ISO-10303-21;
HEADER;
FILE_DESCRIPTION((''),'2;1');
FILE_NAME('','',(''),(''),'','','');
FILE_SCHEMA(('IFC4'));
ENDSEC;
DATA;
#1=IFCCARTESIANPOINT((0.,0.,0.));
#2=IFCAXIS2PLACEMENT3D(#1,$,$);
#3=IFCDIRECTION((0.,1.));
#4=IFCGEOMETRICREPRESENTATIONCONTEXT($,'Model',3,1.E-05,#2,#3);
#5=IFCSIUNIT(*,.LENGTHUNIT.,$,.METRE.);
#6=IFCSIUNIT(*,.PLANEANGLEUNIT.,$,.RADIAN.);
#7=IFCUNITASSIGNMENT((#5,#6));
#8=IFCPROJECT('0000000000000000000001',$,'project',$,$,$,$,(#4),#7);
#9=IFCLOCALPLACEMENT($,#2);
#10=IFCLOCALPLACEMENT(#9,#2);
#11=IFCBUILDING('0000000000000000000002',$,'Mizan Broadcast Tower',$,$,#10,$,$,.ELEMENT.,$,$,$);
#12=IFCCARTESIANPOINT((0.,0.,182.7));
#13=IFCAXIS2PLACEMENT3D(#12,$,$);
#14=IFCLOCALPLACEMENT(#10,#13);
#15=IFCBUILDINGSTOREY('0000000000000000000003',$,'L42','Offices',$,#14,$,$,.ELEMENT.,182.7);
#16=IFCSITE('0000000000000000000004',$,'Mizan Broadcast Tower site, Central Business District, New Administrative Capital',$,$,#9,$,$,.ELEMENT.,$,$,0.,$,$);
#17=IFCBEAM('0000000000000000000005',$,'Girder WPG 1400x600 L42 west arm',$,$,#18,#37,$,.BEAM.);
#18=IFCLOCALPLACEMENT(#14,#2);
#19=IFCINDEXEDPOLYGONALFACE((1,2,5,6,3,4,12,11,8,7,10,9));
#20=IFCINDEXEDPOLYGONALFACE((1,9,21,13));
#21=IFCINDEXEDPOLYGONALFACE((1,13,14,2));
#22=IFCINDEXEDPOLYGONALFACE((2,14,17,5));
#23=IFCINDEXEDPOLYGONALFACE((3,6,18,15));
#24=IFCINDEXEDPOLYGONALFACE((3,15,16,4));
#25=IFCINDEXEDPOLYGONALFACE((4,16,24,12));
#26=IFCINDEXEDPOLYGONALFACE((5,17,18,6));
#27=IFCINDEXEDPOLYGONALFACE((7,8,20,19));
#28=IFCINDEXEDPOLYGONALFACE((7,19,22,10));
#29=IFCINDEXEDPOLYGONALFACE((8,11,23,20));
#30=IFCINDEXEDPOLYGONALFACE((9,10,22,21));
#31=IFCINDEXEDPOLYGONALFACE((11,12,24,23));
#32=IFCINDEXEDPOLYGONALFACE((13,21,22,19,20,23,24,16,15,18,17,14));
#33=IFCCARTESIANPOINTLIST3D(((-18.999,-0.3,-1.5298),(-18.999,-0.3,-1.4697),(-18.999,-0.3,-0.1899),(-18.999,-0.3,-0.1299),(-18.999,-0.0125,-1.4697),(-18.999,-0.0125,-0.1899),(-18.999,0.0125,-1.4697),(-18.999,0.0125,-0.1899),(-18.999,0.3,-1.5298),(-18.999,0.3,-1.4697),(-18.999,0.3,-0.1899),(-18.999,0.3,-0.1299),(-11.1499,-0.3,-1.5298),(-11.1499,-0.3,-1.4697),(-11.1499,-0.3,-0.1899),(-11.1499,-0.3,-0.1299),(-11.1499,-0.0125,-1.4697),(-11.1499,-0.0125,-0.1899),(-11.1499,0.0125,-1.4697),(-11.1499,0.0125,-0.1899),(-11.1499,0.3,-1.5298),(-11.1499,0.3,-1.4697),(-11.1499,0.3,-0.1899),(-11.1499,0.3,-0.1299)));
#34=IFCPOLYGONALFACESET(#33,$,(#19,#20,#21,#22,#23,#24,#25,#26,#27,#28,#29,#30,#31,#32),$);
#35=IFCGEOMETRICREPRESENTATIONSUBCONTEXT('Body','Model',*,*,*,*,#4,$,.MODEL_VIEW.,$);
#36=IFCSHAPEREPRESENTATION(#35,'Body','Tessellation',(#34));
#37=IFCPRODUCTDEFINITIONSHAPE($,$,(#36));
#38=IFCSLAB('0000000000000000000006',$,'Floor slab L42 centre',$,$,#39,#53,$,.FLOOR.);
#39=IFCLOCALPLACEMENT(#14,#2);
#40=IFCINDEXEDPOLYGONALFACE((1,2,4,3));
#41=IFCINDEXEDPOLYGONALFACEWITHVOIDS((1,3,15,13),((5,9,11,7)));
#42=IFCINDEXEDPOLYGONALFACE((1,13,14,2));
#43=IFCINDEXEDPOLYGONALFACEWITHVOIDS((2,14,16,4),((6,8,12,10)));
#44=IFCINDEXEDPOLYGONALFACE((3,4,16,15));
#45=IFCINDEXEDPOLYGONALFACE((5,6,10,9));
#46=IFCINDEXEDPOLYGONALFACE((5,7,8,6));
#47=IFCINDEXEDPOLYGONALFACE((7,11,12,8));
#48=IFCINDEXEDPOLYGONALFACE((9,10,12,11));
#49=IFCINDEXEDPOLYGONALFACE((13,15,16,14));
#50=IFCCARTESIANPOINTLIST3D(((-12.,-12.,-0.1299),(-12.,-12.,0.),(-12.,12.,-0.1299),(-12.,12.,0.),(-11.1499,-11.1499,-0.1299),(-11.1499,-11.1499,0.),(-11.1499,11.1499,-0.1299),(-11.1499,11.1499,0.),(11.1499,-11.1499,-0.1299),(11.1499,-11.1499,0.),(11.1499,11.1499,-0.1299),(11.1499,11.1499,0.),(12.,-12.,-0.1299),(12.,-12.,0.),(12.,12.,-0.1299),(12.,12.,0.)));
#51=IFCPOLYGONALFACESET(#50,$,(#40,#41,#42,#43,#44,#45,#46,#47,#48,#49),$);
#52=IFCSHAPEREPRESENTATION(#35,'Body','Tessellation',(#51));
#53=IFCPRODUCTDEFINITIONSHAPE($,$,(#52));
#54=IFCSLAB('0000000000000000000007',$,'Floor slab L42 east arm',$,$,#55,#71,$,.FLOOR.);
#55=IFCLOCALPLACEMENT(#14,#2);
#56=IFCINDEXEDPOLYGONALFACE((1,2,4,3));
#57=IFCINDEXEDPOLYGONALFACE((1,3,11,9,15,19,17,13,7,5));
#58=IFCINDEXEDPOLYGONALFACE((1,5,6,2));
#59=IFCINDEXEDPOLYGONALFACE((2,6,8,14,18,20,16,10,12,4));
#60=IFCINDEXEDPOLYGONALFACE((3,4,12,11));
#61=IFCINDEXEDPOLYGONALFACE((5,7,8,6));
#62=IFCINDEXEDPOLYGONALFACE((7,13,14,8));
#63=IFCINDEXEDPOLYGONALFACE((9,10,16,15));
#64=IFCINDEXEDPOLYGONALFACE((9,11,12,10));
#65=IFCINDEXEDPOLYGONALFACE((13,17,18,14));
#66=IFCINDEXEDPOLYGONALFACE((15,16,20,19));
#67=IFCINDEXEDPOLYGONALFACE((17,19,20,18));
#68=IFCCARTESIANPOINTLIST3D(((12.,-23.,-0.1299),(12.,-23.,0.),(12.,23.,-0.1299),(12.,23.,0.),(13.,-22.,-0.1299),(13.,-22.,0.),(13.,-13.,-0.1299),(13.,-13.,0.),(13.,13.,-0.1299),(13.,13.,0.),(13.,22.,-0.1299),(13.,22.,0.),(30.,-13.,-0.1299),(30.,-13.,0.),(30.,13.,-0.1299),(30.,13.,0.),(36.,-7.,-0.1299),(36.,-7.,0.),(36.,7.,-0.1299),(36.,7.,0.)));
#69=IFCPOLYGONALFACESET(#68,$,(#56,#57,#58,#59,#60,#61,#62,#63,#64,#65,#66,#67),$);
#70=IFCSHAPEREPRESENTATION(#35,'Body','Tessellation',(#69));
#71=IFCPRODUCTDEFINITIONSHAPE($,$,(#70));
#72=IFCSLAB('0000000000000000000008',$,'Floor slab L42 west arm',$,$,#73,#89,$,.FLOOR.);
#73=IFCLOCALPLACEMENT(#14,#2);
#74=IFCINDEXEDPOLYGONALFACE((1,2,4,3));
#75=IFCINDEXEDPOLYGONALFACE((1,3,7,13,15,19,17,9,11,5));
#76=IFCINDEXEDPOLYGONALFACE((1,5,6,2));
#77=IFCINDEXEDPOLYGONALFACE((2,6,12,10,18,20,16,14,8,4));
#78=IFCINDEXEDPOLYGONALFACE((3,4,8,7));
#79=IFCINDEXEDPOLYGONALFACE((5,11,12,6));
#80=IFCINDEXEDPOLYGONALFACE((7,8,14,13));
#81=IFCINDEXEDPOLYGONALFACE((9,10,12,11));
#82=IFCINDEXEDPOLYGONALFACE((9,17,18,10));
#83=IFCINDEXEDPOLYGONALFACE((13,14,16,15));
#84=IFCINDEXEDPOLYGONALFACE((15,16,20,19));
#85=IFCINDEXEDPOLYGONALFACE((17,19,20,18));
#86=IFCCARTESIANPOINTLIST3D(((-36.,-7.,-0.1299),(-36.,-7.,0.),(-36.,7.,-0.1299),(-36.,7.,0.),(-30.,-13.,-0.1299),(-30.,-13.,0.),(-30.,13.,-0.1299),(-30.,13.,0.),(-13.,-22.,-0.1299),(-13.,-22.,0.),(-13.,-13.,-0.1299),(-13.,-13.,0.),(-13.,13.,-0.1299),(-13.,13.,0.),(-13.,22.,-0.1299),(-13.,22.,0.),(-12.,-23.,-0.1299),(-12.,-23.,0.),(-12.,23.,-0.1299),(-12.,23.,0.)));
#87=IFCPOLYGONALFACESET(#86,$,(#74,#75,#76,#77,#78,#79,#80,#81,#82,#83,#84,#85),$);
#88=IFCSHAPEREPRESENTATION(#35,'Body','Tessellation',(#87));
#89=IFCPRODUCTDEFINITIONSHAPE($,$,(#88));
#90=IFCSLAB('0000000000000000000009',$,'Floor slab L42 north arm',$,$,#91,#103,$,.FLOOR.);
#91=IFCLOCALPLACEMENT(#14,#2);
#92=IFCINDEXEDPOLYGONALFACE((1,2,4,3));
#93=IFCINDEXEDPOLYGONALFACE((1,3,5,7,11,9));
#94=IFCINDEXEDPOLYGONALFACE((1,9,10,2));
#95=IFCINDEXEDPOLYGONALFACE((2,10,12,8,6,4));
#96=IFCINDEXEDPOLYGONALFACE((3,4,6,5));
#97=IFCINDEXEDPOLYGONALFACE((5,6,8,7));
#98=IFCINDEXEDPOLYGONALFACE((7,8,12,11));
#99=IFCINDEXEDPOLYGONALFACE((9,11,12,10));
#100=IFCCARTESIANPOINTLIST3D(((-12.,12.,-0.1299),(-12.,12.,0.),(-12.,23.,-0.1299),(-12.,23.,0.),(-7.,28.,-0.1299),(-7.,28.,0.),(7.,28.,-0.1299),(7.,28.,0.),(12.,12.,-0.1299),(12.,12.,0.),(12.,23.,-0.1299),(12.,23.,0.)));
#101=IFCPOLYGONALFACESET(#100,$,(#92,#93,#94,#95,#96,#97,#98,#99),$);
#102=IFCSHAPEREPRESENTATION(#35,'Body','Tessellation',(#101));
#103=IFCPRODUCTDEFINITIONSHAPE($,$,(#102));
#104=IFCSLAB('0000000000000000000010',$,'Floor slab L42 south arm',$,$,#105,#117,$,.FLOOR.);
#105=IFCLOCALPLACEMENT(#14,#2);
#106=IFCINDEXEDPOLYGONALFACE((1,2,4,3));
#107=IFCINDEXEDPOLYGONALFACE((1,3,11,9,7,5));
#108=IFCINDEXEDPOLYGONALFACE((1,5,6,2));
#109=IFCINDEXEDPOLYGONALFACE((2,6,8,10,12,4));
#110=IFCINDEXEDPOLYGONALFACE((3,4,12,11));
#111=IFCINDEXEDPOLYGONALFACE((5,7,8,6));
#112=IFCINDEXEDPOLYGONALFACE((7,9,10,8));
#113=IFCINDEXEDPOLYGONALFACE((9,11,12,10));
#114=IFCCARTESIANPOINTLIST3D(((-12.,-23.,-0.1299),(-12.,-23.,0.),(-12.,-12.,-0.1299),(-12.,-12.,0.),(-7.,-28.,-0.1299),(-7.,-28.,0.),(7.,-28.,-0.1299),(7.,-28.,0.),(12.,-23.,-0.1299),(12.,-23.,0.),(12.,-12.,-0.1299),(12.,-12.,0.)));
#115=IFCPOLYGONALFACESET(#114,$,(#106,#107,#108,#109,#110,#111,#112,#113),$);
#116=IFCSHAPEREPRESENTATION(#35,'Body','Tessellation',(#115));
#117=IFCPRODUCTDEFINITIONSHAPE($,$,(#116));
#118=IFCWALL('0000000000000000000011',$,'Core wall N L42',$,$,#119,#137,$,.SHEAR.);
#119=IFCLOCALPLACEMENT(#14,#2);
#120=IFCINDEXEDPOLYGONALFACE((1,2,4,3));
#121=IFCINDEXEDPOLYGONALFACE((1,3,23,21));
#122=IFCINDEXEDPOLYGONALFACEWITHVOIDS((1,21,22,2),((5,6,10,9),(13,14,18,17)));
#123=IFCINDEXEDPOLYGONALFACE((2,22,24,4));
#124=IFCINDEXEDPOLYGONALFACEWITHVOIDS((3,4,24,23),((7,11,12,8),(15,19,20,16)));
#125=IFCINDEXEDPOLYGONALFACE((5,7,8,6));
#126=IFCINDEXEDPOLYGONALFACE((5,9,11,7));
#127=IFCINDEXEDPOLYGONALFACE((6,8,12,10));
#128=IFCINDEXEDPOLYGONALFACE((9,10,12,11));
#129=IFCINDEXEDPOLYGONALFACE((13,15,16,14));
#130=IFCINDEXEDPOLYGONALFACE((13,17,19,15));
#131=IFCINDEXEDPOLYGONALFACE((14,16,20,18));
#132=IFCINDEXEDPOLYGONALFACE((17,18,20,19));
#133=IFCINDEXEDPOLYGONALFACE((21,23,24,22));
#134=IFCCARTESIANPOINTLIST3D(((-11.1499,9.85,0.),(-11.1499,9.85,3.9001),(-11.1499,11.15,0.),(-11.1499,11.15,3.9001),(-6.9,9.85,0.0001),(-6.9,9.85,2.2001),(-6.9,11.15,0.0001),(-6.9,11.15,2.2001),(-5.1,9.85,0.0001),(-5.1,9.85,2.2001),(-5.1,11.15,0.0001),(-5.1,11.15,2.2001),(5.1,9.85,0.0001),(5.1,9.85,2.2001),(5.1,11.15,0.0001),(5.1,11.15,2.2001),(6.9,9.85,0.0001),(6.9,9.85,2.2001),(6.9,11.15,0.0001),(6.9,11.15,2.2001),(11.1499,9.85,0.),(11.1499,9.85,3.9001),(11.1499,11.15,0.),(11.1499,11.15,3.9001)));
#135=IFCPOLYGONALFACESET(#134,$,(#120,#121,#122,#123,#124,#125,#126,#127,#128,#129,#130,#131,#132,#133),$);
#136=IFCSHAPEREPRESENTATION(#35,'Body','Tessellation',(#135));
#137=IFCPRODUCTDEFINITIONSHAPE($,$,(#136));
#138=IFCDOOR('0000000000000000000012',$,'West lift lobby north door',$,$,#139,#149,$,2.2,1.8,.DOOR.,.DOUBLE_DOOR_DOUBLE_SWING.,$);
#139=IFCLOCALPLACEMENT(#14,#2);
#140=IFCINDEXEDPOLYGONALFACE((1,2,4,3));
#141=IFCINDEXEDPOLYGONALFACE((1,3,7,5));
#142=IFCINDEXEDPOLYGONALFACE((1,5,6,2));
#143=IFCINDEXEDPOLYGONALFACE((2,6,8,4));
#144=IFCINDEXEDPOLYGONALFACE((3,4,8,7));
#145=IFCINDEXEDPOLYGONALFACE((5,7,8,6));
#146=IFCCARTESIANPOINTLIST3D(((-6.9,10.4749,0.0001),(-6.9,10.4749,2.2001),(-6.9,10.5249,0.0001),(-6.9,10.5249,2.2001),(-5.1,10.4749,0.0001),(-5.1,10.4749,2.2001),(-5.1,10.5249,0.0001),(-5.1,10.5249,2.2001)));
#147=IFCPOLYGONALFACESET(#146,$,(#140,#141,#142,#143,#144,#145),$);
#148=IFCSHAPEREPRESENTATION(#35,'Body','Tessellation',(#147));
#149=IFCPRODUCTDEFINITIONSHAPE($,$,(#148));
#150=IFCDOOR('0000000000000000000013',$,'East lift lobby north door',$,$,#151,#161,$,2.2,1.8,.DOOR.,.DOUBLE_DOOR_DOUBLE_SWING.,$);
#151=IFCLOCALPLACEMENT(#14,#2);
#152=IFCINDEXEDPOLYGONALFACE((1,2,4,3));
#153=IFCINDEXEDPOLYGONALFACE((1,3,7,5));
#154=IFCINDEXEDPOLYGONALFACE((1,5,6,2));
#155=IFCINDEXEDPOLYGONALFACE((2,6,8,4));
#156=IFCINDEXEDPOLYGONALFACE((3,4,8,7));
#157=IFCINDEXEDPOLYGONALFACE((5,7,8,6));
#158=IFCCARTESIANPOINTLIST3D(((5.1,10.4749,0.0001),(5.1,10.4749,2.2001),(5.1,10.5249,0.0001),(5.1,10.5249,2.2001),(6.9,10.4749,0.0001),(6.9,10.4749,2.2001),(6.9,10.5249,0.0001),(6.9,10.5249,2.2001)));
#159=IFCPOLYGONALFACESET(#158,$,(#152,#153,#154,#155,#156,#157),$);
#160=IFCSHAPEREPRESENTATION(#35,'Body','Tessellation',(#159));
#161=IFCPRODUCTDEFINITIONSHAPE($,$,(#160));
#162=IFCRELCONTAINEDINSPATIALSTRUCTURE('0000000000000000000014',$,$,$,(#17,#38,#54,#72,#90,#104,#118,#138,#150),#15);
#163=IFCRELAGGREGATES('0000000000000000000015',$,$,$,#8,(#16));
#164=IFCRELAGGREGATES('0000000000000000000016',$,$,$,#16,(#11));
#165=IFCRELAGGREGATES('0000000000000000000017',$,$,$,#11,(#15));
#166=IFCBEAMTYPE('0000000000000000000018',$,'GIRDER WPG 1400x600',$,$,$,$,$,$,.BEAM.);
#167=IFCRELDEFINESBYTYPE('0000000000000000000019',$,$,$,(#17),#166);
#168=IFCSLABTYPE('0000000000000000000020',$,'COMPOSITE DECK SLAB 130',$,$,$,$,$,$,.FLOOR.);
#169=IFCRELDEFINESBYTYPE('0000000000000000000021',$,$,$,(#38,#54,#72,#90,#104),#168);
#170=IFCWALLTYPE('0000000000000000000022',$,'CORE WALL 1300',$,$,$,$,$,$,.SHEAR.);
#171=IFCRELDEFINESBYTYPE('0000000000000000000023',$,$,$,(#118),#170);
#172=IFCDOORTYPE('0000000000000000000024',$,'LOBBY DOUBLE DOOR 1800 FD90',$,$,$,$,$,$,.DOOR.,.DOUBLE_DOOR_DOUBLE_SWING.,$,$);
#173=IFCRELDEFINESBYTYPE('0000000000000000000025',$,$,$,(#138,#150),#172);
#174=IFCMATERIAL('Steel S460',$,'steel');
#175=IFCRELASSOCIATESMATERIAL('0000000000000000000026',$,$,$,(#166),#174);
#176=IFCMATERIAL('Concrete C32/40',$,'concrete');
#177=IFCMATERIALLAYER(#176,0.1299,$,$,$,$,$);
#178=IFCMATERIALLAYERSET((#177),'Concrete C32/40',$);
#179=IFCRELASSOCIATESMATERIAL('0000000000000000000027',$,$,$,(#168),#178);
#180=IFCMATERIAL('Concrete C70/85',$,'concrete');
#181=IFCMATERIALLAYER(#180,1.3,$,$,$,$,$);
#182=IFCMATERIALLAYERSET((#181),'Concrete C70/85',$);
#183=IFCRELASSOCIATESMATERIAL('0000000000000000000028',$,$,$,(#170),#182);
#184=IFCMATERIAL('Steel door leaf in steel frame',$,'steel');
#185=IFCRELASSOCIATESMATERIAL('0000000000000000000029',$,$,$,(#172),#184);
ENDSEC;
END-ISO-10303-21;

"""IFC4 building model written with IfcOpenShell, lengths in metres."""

from ifc_helpers import new_model, si_unit, direction, frame, frame_2d, origin, origin_2d, place, context, subcontext, project, spatial, polyline, rectangle, i_section, outline, extrude, material, layer, layer_set, material_profile, profile_set, type_object, element, fill, save


model = new_model("IFC4")

# Units and contexts
model_context = context("Model", 3, precision=1e-05, world=origin(), true_north=direction((0.0, 1.0)))
body_context = subcontext(model_context, "Body", "Model", "MODEL_VIEW")
ifc_project = project(units=[si_unit("LENGTHUNIT", "METRE"), si_unit("PLANEANGLEUNIT", "RADIAN")], contexts=[model_context])

# Site, building, storey
site_placement = place(None, origin())
site = spatial("IfcSite", under=ifc_project, at=site_placement, Name="Mizan Broadcast Tower site, Central Business District, New Administrative Capital", CompositionType="ELEMENT", RefElevation=0.0)
building_placement = place(site_placement, origin())
building = spatial("IfcBuilding", under=site, at=building_placement, Name="Mizan Broadcast Tower", CompositionType="ELEMENT")
storey_placement = place(building_placement, frame((0.0, 0.0, 182.7)))
storey = spatial("IfcBuildingStorey", under=building, at=storey_placement, Name="L42", Description="Offices", CompositionType="ELEMENT", Elevation=182.7)

# Beam
ifc_material_1 = material(Name="Steel S460", Category="steel")
ifc_material_profile = material_profile(ifc_material_1, i_section(OverallWidth=0.6001, OverallDepth=1.3999, WebThickness=0.0249, FlangeThickness=0.0601, at=origin_2d()), Name="WPG 1400x600")
ifc_profile_set = profile_set([ifc_material_profile], Name="Steel S460")
beam_type = type_object("IfcBeamType", Name="GIRDER WPG 1400x600", PredefinedType="BEAM", material=ifc_profile_set)
beam_placement = place(storey_placement, frame((-11.1499, 0.0, -0.8298), z_axis=(-1.0, 0.0, 0.0), x_axis=(0.0, -1.0, 0.0)))
element("IfcBeam", 1, at=beam_placement, inside=storey, type_object=beam_type, Name="Girder WPG 1400x600 L42 west arm", PredefinedType="BEAM", context=body_context, shape_type="SweptSolid", body=[
    extrude(i_section(OverallWidth=0.6001, OverallDepth=1.3999, WebThickness=0.0249, FlangeThickness=0.0601, at=origin_2d()), origin(), (0.0, 0.0, 1.0), 7.8491),
])

# Slabs
ifc_material_2 = material(Name="Concrete C32/40", Category="concrete")
ifc_layer_1 = layer(ifc_material_2, 0.1299)
ifc_layer_set_1 = layer_set([ifc_layer_1], Name="Concrete C32/40")
slab_type = type_object("IfcSlabType", Name="COMPOSITE DECK SLAB 130", PredefinedType="FLOOR", material=ifc_layer_set_1)
slab_1_placement = place(storey_placement, frame((0.0, 0.0, -0.1299)))
element("IfcSlab", 2, at=slab_1_placement, inside=storey, type_object=slab_type, Name="Floor slab L42 centre", PredefinedType="FLOOR", context=body_context, shape_type="SweptSolid", body=[
    extrude(outline(polyline([(-12.0, -12.0), (12.0, -12.0), (12.0, 12.0), (-12.0, 12.0), (-12.0, -12.0)]), holes=[polyline([(-11.1499, 11.1499), (11.1499, 11.1499), (11.1499, -11.1499), (-11.1499, -11.1499), (-11.1499, 11.1499)])]), origin(), (0.0, 0.0, 1.0), 0.1299),
])
slab_2_placement = place(storey_placement, frame((0.0, 0.0, -0.1299)))
element("IfcSlab", 3, at=slab_2_placement, inside=storey, type_object=slab_type, Name="Floor slab L42 east arm", PredefinedType="FLOOR", context=body_context, shape_type="SweptSolid", body=[
    extrude(outline(polyline([(12.0, -23.0), (13.0, -22.0), (13.0, -13.0), (30.0, -13.0), (36.0, -7.0), (36.0, 7.0), (30.0, 13.0), (13.0, 13.0), (13.0, 22.0), (12.0, 23.0), (12.0, -23.0)])), origin(), (0.0, 0.0, 1.0), 0.1299),
])
slab_3_placement = place(storey_placement, frame((0.0, 0.0, -0.1299)))
element("IfcSlab", 4, at=slab_3_placement, inside=storey, type_object=slab_type, Name="Floor slab L42 west arm", PredefinedType="FLOOR", context=body_context, shape_type="SweptSolid", body=[
    extrude(outline(polyline([(-13.0, -22.0), (-12.0, -23.0), (-12.0, 23.0), (-13.0, 22.0), (-13.0, 13.0), (-30.0, 13.0), (-36.0, 7.0), (-36.0, -7.0), (-30.0, -13.0), (-13.0, -13.0), (-13.0, -22.0)])), origin(), (0.0, 0.0, 1.0), 0.1299),
])
slab_4_placement = place(storey_placement, frame((0.0, 0.0, -0.1299)))
element("IfcSlab", 5, at=slab_4_placement, inside=storey, type_object=slab_type, Name="Floor slab L42 north arm", PredefinedType="FLOOR", context=body_context, shape_type="SweptSolid", body=[
    extrude(outline(polyline([(-7.0, 28.0), (-12.0, 23.0), (-12.0, 12.0), (12.0, 12.0), (12.0, 23.0), (7.0, 28.0), (-7.0, 28.0)])), origin(), (0.0, 0.0, 1.0), 0.1299),
])
slab_5_placement = place(storey_placement, frame((0.0, 0.0, -0.1299)))
element("IfcSlab", 6, at=slab_5_placement, inside=storey, type_object=slab_type, Name="Floor slab L42 south arm", PredefinedType="FLOOR", context=body_context, shape_type="SweptSolid", body=[
    extrude(outline(polyline([(7.0, -28.0), (12.0, -23.0), (12.0, -12.0), (-12.0, -12.0), (-12.0, -23.0), (-7.0, -28.0), (7.0, -28.0)])), origin(), (0.0, 0.0, 1.0), 0.1299),
])

# Wall, openings, doors
ifc_material_3 = material(Name="Concrete C70/85", Category="concrete")
ifc_layer_2 = layer(ifc_material_3, 1.3)
ifc_layer_set_2 = layer_set([ifc_layer_2], Name="Concrete C70/85")
wall_type_1 = type_object("IfcWallType", Name="CORE WALL 1300", PredefinedType="SHEAR", material=ifc_layer_set_2)
wall_1_placement = place(storey_placement, frame((-11.1499, 10.5, 0.0), z_axis=(0.0, 0.0, 1.0), x_axis=(1.0, 0.0, 0.0)))
wall_1 = element("IfcWall", 7, at=wall_1_placement, inside=storey, type_object=wall_type_1, Name="Core wall N L42", PredefinedType="SHEAR", context=body_context, shape_type="SweptSolid", body=[
    extrude(rectangle(XDim=22.2998, YDim=1.3, at=frame_2d((11.1499, 0.0))), origin(), (0.0, 0.0, 1.0), 3.9001),
])
opening_1_placement = place(wall_1_placement, frame((4.25, 0.0, 0.0)))
opening_1 = element("IfcOpeningElement", 8, at=opening_1_placement, cuts=wall_1, PredefinedType="OPENING", context=body_context, shape_type="SweptSolid", body=[
    extrude(rectangle(XDim=1.8, YDim=2.2, at=frame_2d((0.8999, 1.1001))), frame((0.0, 0.6599, 0.0), z_axis=(0.0, -1.0, 0.0), x_axis=(1.0, 0.0, 0.0)), (0.0, 0.0, 1.0), 1.3201),
])
opening_2_placement = place(wall_1_placement, frame((16.25, 0.0, 0.0)))
opening_2 = element("IfcOpeningElement", 9, at=opening_2_placement, cuts=wall_1, PredefinedType="OPENING", context=body_context, shape_type="SweptSolid", body=[
    extrude(rectangle(XDim=1.8, YDim=2.2, at=frame_2d((0.8999, 1.1001))), frame((0.0, 0.6599, 0.0), z_axis=(0.0, -1.0, 0.0), x_axis=(1.0, 0.0, 0.0)), (0.0, 0.0, 1.0), 1.3201),
])
ifc_material_4 = material(Name="Steel door leaf in steel frame", Category="steel")
door_type_1 = type_object("IfcDoorType", Name="LOBBY DOUBLE DOOR 1800 FD90", OperationType="DOUBLE_DOOR_DOUBLE_SWING", PredefinedType="DOOR", material=ifc_material_4)
door_1_placement = place(opening_1_placement, origin())
door_1 = element("IfcDoor", 10, at=door_1_placement, inside=storey, type_object=door_type_1, Name="West lift lobby north door", OperationType="DOUBLE_DOOR_DOUBLE_SWING", OverallHeight=2.2, OverallWidth=1.8, PredefinedType="DOOR", context=body_context, shape_type="SweptSolid", body=[
    extrude(rectangle(XDim=1.8, YDim=2.2, at=frame_2d((0.8999, 1.1001))), frame((0.0, 0.0249, 0.0), z_axis=(0.0, -1.0, 0.0), x_axis=(1.0, 0.0, 0.0)), (0.0, 0.0, 1.0), 0.05),
])
fill(opening_1, door_1)
door_2_placement = place(opening_2_placement, origin())
door_2 = element("IfcDoor", 11, at=door_2_placement, inside=storey, type_object=door_type_1, Name="East lift lobby north door", OperationType="DOUBLE_DOOR_DOUBLE_SWING", OverallHeight=2.2, OverallWidth=1.8, PredefinedType="DOOR", context=body_context, shape_type="SweptSolid", body=[
    extrude(rectangle(XDim=1.8, YDim=2.2, at=frame_2d((0.8999, 1.1001))), frame((0.0, 0.0249, 0.0), z_axis=(0.0, -1.0, 0.0), x_axis=(1.0, 0.0, 0.0)), (0.0, 0.0, 1.0), 0.05),
])
fill(opening_2, door_2)

save(model, "model.ifc")
